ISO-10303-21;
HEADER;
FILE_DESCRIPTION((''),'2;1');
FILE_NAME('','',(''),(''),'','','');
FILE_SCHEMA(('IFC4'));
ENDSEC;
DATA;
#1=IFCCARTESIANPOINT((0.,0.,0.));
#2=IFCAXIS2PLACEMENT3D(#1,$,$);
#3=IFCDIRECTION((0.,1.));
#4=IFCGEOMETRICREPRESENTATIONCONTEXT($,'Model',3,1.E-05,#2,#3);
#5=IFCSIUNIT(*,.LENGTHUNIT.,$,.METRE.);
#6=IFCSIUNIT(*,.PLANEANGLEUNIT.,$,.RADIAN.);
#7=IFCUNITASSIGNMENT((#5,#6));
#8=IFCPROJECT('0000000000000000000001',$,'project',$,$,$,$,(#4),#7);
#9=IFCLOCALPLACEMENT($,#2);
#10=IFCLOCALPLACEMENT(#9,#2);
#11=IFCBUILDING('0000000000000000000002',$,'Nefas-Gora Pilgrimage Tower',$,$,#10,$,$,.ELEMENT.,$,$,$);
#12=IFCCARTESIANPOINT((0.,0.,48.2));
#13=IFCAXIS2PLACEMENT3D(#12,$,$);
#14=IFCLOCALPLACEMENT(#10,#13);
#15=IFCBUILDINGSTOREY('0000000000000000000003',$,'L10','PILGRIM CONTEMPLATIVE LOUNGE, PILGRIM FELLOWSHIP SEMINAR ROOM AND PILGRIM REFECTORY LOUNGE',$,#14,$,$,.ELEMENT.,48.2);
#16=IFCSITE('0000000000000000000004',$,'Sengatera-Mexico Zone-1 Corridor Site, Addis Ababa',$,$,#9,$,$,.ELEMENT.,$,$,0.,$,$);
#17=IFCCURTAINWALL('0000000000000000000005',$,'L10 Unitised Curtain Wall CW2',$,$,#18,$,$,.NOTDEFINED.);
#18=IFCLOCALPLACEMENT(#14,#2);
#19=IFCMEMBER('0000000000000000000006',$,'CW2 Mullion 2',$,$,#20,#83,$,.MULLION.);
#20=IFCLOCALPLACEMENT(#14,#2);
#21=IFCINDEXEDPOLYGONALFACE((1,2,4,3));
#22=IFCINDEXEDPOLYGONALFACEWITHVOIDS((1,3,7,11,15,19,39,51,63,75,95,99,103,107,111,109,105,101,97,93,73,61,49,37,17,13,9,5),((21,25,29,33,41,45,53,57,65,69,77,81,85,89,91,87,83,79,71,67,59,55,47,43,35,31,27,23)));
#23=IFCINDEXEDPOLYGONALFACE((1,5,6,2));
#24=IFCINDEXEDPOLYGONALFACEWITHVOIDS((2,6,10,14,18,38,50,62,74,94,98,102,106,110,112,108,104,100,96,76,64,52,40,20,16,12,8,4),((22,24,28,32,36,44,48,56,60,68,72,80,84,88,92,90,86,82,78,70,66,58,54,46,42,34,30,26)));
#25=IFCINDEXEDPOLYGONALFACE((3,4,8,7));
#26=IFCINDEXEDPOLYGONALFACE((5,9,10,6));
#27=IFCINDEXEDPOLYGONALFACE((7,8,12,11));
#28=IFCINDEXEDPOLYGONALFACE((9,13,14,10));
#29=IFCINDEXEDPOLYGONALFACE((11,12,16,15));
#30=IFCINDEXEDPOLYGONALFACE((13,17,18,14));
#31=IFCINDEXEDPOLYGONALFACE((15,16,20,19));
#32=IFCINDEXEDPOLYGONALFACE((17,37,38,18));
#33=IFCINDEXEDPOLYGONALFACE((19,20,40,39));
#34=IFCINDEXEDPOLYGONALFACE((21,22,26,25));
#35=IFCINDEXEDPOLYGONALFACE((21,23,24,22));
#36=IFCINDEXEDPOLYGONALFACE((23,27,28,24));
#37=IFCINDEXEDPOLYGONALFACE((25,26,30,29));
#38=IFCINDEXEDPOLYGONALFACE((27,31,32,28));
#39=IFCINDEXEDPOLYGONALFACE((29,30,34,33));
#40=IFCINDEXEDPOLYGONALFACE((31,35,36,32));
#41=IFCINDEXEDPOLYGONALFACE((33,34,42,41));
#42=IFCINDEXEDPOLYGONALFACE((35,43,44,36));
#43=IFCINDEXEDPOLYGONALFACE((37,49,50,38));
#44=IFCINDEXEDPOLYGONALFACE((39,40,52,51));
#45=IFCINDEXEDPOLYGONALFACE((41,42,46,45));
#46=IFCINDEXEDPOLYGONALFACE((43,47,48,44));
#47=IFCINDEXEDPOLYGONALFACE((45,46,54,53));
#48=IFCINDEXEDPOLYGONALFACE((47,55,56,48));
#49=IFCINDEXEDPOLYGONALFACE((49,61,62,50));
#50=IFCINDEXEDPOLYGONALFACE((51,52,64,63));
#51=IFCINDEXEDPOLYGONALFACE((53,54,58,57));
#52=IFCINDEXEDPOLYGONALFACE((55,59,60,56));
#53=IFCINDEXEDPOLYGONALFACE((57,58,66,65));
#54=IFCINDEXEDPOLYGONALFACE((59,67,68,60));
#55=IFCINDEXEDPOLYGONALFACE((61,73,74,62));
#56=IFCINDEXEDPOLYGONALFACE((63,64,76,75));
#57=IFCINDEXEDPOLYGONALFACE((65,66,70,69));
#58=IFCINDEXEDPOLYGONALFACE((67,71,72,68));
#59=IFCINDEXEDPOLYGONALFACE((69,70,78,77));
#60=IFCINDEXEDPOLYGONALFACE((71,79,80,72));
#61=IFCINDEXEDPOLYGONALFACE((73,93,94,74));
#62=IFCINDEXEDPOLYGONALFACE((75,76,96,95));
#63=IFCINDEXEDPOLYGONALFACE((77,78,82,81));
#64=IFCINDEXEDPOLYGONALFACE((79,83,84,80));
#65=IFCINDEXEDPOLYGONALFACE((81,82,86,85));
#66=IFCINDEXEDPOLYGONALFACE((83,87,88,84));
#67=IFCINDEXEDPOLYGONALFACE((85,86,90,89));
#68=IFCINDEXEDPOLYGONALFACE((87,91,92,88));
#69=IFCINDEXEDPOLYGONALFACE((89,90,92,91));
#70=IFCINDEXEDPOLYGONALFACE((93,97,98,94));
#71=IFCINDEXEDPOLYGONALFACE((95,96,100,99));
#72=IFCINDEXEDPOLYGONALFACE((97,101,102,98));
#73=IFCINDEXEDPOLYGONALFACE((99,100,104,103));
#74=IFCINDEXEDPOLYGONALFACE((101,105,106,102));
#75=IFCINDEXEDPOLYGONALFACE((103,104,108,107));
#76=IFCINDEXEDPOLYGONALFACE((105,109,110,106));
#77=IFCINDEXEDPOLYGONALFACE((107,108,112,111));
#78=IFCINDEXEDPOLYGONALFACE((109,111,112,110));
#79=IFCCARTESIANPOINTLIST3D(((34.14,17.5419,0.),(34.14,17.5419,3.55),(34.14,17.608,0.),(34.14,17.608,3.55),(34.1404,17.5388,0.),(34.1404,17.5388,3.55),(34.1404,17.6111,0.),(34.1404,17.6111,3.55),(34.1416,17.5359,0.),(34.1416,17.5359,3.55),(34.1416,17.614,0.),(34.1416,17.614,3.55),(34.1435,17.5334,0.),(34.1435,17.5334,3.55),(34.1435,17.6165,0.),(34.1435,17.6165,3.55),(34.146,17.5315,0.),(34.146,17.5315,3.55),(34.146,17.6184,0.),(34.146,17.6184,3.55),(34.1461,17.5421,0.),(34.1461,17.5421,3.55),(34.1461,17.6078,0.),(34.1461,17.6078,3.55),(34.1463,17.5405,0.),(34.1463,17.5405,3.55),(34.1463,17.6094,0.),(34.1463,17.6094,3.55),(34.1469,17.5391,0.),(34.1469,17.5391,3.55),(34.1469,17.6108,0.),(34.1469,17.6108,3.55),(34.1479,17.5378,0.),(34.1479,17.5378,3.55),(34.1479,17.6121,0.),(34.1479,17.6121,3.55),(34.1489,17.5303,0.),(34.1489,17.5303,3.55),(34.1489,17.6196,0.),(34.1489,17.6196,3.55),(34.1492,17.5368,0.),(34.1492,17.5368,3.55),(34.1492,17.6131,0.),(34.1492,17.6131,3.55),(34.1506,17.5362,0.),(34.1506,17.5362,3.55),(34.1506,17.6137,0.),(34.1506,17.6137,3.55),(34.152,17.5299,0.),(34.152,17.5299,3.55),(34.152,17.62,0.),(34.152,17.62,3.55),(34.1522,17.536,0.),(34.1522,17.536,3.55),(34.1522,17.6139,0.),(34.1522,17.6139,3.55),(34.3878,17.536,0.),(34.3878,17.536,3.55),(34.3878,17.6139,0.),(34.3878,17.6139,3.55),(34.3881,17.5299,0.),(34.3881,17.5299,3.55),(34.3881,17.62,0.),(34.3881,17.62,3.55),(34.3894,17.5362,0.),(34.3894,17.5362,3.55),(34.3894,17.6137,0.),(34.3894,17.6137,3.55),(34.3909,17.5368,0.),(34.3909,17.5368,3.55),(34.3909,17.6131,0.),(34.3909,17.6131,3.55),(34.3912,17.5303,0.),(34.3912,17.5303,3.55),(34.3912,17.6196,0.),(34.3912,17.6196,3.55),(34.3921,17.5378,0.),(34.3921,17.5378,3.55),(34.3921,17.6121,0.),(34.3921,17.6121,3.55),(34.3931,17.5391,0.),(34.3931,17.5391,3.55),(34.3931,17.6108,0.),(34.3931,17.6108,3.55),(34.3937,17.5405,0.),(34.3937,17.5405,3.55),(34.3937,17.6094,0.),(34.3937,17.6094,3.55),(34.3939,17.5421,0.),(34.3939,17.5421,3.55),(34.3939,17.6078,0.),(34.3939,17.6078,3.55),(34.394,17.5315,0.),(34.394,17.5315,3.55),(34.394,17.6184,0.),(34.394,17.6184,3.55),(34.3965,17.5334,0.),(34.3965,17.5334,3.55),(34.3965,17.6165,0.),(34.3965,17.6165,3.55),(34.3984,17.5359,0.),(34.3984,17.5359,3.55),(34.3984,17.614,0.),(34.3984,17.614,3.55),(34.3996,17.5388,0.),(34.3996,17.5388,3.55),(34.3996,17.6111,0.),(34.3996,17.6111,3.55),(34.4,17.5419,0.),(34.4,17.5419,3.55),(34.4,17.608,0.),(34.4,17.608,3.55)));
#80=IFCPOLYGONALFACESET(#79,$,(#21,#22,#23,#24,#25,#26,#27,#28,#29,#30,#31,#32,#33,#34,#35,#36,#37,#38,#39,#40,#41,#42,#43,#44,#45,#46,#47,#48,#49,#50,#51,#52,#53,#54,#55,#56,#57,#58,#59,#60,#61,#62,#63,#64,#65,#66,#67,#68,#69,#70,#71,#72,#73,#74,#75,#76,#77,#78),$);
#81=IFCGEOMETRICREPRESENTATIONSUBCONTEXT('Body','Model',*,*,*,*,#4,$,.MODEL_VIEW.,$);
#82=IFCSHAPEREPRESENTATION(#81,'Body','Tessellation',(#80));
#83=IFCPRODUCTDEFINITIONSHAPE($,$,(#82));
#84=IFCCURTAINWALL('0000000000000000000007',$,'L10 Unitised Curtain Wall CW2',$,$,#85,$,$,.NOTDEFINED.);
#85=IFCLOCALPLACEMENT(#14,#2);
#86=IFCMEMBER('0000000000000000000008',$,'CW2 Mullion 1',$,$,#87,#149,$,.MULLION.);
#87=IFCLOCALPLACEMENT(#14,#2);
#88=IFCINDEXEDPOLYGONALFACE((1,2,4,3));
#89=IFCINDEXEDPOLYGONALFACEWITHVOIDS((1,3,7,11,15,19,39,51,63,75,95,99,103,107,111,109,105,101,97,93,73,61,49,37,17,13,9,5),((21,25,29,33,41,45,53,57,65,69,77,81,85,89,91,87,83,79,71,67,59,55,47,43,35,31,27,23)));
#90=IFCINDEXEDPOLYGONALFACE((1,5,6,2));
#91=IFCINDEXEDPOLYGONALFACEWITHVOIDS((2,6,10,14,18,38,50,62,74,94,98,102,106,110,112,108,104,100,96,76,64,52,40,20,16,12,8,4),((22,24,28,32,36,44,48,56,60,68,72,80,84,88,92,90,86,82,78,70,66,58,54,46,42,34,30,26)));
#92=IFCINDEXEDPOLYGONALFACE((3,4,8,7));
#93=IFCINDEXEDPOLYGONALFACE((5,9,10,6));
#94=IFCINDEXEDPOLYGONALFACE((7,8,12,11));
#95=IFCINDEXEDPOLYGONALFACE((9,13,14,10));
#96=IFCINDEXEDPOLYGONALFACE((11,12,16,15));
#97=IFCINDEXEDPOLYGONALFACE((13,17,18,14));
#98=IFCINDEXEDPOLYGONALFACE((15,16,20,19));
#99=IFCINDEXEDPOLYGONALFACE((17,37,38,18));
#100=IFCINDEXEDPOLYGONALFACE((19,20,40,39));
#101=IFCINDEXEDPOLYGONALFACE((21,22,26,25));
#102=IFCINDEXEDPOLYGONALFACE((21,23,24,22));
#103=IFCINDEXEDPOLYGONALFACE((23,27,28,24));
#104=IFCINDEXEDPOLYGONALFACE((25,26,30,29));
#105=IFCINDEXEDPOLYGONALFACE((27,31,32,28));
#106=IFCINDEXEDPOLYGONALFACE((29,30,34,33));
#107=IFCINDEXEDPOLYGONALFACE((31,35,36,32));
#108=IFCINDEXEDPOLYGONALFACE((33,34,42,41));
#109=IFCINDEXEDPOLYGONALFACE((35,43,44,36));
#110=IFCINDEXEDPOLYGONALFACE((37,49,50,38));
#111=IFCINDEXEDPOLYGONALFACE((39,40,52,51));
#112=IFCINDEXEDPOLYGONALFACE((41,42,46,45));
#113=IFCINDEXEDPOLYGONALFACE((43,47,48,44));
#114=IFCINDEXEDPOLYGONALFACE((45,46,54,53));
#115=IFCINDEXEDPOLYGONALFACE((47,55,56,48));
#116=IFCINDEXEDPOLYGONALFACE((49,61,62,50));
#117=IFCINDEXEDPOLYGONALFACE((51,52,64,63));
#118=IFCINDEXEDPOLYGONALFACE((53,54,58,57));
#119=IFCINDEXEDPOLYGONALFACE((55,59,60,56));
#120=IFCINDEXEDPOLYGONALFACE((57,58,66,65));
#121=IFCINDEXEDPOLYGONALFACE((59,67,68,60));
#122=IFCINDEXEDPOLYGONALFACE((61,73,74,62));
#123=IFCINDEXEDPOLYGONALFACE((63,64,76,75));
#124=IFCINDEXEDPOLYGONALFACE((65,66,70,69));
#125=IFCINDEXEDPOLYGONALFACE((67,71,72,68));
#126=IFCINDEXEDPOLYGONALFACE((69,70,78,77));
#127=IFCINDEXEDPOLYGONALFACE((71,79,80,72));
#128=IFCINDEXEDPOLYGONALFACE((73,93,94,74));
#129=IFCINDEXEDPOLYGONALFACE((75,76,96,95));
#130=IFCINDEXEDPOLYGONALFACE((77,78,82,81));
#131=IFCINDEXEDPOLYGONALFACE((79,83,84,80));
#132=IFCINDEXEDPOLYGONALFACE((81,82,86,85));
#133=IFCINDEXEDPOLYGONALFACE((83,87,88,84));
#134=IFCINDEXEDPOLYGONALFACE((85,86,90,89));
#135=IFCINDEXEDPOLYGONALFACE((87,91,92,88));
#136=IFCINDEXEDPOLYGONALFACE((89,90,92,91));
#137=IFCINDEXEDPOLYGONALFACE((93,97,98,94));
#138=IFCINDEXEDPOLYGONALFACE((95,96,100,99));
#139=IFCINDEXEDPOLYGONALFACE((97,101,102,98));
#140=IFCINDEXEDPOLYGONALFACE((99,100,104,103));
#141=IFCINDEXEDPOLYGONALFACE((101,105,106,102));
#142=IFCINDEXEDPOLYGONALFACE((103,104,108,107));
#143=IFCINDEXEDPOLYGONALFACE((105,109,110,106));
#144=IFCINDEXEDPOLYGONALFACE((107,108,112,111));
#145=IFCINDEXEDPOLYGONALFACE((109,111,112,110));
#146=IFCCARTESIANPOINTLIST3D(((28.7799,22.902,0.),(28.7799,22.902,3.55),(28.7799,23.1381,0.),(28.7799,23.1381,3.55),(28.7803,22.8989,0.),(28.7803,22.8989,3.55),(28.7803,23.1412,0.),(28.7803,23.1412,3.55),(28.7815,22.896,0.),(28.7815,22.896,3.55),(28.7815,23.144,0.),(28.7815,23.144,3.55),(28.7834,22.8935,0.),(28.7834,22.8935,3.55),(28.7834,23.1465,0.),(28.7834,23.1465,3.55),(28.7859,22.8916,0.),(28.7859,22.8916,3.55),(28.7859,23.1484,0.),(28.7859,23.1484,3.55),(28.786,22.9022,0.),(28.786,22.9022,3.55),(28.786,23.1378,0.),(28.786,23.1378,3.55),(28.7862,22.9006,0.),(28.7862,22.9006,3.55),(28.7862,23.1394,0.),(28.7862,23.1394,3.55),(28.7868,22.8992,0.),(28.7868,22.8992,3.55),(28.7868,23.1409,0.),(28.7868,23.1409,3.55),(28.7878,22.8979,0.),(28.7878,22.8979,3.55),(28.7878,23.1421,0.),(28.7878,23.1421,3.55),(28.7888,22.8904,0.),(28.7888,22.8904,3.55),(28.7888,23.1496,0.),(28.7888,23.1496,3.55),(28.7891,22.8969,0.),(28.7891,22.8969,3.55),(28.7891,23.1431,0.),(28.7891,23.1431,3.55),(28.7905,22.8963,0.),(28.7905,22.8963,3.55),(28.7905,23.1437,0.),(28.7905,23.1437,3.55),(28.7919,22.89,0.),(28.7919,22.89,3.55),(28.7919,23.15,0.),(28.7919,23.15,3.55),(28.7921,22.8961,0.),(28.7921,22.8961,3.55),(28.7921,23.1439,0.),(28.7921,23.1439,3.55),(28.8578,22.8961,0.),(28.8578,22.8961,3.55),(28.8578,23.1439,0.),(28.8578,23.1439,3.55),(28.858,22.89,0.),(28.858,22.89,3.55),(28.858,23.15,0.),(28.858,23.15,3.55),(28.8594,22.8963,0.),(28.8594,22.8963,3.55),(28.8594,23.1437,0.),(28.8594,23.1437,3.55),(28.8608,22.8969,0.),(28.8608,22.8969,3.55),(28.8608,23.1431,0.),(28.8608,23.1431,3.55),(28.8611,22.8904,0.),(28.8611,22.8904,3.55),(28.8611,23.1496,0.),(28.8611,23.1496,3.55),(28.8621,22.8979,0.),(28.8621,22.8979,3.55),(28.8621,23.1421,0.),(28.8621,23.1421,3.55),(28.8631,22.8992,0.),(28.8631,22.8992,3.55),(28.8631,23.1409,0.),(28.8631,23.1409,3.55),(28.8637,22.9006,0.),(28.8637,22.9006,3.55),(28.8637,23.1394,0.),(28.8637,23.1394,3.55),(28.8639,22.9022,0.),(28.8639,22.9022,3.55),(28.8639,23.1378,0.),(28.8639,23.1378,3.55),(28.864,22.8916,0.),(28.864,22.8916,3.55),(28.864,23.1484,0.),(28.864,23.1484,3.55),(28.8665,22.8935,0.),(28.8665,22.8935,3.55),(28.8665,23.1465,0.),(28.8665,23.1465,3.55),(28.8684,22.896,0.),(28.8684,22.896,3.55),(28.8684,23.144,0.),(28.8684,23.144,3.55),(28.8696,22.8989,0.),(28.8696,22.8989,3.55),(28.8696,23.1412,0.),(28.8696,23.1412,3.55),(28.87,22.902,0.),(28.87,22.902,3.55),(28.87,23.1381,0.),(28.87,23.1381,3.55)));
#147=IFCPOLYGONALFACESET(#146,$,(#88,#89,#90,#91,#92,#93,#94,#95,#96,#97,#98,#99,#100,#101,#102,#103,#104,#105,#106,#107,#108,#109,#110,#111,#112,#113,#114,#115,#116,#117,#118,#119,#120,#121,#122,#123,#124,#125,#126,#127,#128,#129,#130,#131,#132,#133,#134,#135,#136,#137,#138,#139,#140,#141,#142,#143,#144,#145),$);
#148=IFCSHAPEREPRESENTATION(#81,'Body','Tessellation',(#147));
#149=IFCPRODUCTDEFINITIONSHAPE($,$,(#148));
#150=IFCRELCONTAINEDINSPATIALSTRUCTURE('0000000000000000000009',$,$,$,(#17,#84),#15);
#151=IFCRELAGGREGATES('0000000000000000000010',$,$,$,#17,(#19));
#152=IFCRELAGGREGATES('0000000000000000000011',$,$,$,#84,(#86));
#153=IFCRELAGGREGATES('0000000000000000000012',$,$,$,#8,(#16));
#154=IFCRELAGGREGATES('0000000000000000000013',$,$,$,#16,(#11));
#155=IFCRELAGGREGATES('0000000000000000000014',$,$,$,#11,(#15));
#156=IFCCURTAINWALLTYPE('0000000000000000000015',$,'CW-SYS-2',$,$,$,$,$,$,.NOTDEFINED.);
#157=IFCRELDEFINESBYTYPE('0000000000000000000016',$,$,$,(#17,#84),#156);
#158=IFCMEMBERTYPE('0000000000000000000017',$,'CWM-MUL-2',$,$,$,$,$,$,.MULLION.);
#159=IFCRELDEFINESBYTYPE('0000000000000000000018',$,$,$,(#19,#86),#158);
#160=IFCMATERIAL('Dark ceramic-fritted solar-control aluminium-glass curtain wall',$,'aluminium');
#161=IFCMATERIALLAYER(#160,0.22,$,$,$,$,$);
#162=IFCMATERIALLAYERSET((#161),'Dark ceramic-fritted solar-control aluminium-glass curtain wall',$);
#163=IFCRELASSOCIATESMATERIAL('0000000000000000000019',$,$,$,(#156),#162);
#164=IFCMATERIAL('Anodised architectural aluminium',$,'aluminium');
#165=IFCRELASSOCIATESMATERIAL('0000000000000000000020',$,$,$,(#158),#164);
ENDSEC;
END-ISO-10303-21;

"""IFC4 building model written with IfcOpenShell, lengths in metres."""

from ifc_helpers import new_model, si_unit, direction, frame, origin, origin_2d, place, context, subcontext, project, spatial, hollow_rectangle, extrude, source, transform, mapped, material, layer, layer_set, material_profile, profile_set, type_object, element, aggregate, save


model = new_model("IFC4")

# Units and contexts
model_context = context("Model", 3, precision=1e-05, world=origin(), true_north=direction((0.0, 1.0)))
body_context = subcontext(model_context, "Body", "Model", "MODEL_VIEW")
ifc_project = project(units=[si_unit("LENGTHUNIT", "METRE"), si_unit("PLANEANGLEUNIT", "RADIAN")], contexts=[model_context])

# Site, building, storey
site_placement = place(None, origin())
site = spatial("IfcSite", under=ifc_project, at=site_placement, Name="Sengatera-Mexico Zone-1 Corridor Site, Addis Ababa", CompositionType="ELEMENT", RefElevation=0.0)
building_placement = place(site_placement, origin())
building = spatial("IfcBuilding", under=site, at=building_placement, Name="Nefas-Gora Pilgrimage Tower", CompositionType="ELEMENT")
storey_placement = place(building_placement, frame((0.0, 0.0, 48.2)))
storey = spatial("IfcBuildingStorey", under=building, at=storey_placement, Name="L10", Description="PILGRIM CONTEMPLATIVE LOUNGE, PILGRIM FELLOWSHIP SEMINAR ROOM AND PILGRIM REFECTORY LOUNGE", CompositionType="ELEMENT", Elevation=48.2)

# Curtain wall, member
ifc_material_1 = material(Name="Dark ceramic-fritted solar-control aluminium-glass curtain wall", Category="aluminium")
ifc_layer_1 = layer(ifc_material_1, 0.22)
ifc_layer_set_1 = layer_set([ifc_layer_1], Name="Dark ceramic-fritted solar-control aluminium-glass curtain wall")
curtain_wall_type = type_object("IfcCurtainWallType", Name="CW-SYS-2", PredefinedType="NOTDEFINED", material=ifc_layer_set_1)
curtain_wall_1_placement = place(storey_placement, origin())
curtain_wall_1 = element("IfcCurtainWall", 1, at=curtain_wall_1_placement, inside=storey, type_object=curtain_wall_type, Name="L10 Unitised Curtain Wall CW2", PredefinedType="NOTDEFINED")
ifc_material_2 = material(Name="Anodised architectural aluminium", Category="aluminium")
ifc_material_profile_1 = material_profile(ifc_material_2, hollow_rectangle(XDim=0.0901, YDim=0.26, WallThickness=0.0061, InnerFilletRadius=0.0061, OuterFilletRadius=0.012, at=origin_2d()), Name="ALU MULLION 90x260")
ifc_profile_set_1 = profile_set([ifc_material_profile_1], Name="Anodised architectural aluminium")
member_type_1 = type_object("IfcMemberType", Name="CWM-MUL-2", PredefinedType="MULLION", material=ifc_profile_set_1)
shared_shape_1 = source(origin(), body_context, "Body", "SweptSolid", [
    extrude(hollow_rectangle(XDim=0.0901, YDim=0.26, WallThickness=0.0061, InnerFilletRadius=0.0061, OuterFilletRadius=0.012, at=origin_2d()), origin(), (0.0, 0.0, 1.0), 3.55),
])
member_1_placement = place(storey_placement, frame((34.27, 17.575, 0.0), z_axis=(0.0, 0.0, 1.0), x_axis=(0.0, 1.0, 0.0)))
member_1 = element("IfcMember", 2, at=member_1_placement, type_object=member_type_1, Name="CW2 Mullion 2", PredefinedType="MULLION", context=body_context, shape_type="MappedRepresentation", body=[
    mapped(shared_shape_1, transform((0.0, 0.0, 0.0), x_axis=(1.0, 0.0, 0.0), y_axis=(0.0, 1.0, 0.0), z_axis=(0.0, 0.0, 1.0), scale=1.0)),
])
aggregate(curtain_wall_1, [member_1])

# Curtain wall, member
curtain_wall_2_placement = place(storey_placement, origin())
curtain_wall_2 = element("IfcCurtainWall", 3, at=curtain_wall_2_placement, inside=storey, type_object=curtain_wall_type, Name="L10 Unitised Curtain Wall CW2", PredefinedType="NOTDEFINED")
member_2_placement = place(storey_placement, frame((28.825, 23.02, 0.0), z_axis=(0.0, 0.0, 1.0), x_axis=(-1.0, 0.0, 0.0)))
member_2 = element("IfcMember", 4, at=member_2_placement, type_object=member_type_1, Name="CW2 Mullion 1", PredefinedType="MULLION", context=body_context, shape_type="MappedRepresentation", body=[
    mapped(shared_shape_1, transform((0.0, 0.0, 0.0), x_axis=(1.0, 0.0, 0.0), y_axis=(0.0, 1.0, 0.0), z_axis=(0.0, 0.0, 1.0), scale=1.0)),
])
aggregate(curtain_wall_2, [member_2])

save(model, "model.ifc")
